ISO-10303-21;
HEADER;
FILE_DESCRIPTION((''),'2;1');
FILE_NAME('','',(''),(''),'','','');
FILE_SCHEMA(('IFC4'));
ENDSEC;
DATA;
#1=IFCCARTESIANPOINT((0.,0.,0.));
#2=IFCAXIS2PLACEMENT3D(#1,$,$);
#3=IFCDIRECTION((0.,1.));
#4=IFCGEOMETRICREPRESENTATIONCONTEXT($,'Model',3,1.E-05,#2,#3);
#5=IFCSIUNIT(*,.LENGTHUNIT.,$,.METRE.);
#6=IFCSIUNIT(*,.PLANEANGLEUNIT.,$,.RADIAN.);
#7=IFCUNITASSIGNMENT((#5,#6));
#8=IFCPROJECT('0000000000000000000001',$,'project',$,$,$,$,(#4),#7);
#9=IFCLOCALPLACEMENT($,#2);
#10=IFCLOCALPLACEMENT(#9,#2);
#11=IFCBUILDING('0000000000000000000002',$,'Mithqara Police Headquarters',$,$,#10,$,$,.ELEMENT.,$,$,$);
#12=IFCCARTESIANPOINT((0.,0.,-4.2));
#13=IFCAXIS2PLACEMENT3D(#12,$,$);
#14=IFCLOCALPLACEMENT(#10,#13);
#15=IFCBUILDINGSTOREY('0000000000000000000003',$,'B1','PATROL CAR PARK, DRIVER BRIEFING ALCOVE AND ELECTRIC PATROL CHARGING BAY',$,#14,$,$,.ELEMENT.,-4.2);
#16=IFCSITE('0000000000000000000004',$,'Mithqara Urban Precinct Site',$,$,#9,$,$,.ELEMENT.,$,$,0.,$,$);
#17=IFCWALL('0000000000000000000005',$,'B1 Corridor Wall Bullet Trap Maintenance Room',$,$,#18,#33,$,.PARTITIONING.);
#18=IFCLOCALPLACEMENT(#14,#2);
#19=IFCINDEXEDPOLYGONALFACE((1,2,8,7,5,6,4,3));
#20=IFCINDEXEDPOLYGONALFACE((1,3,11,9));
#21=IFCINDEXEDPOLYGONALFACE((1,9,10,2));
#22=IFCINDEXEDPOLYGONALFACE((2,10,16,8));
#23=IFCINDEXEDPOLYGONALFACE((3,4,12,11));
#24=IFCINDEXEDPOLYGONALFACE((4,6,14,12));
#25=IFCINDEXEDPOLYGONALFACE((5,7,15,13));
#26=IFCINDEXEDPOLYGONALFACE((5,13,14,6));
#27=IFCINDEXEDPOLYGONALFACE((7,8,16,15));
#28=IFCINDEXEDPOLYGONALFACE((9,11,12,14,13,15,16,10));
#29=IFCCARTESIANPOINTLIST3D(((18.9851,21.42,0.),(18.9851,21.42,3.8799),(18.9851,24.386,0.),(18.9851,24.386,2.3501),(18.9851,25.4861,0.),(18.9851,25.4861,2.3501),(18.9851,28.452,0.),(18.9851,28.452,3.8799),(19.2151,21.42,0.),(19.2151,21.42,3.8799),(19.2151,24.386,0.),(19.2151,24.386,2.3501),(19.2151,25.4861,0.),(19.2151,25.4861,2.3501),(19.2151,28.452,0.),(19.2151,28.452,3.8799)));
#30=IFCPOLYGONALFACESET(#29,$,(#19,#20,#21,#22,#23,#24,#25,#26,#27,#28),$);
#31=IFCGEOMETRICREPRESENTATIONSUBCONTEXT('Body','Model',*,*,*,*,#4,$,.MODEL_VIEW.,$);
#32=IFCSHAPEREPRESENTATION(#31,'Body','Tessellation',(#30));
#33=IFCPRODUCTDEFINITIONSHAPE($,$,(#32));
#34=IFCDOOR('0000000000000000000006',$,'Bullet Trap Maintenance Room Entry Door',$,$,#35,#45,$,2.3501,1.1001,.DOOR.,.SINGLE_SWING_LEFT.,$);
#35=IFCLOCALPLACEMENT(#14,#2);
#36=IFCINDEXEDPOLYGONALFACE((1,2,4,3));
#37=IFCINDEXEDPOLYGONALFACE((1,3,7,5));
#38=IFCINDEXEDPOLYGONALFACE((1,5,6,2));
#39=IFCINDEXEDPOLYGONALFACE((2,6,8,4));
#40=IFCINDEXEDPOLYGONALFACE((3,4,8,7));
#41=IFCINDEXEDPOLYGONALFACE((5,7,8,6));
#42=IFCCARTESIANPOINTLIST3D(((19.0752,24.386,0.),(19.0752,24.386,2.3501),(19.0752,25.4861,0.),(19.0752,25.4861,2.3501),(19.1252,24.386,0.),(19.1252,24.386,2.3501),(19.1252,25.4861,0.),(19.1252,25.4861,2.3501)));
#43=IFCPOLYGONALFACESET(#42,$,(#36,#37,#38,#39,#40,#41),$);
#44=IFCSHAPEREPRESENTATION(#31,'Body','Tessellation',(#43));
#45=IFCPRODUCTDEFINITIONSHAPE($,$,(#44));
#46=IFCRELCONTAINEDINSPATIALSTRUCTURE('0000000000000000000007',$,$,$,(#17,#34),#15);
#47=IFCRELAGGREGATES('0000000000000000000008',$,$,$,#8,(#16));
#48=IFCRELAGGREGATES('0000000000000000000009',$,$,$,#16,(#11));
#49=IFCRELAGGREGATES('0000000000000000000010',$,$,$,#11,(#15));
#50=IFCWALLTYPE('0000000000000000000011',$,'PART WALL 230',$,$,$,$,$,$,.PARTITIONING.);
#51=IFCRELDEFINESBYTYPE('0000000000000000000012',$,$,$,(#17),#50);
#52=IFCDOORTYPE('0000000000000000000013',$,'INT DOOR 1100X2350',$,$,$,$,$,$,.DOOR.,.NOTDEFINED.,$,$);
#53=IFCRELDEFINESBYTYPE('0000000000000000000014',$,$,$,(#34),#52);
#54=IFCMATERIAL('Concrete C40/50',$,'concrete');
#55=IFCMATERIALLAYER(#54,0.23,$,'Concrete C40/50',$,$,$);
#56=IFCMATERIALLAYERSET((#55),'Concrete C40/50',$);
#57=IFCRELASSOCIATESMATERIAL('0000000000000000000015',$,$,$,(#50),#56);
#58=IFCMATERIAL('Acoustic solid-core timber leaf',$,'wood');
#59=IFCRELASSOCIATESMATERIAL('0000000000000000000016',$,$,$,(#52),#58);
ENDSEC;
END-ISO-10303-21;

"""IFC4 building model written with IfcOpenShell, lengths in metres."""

from ifc_helpers import new_model, si_unit, direction, frame, frame_2d, origin, place, context, subcontext, project, spatial, rectangle, extrude, material, layer, layer_set, type_object, element, fill, save


model = new_model("IFC4")

# Units and contexts
model_context = context("Model", 3, precision=1e-05, world=origin(), true_north=direction((0.0, 1.0)))
body_context = subcontext(model_context, "Body", "Model", "MODEL_VIEW")
ifc_project = project(units=[si_unit("LENGTHUNIT", "METRE"), si_unit("PLANEANGLEUNIT", "RADIAN")], contexts=[model_context])

# Site, building, storey
site_placement = place(None, origin())
site = spatial("IfcSite", under=ifc_project, at=site_placement, Name="Mithqara Urban Precinct Site", CompositionType="ELEMENT", RefElevation=0.0)
building_placement = place(site_placement, origin())
building = spatial("IfcBuilding", under=site, at=building_placement, Name="Mithqara Police Headquarters", CompositionType="ELEMENT")
storey_placement = place(building_placement, frame((0.0, 0.0, -4.2)))
storey = spatial("IfcBuildingStorey", under=building, at=storey_placement, Name="B1", Description="PATROL CAR PARK, DRIVER BRIEFING ALCOVE AND ELECTRIC PATROL CHARGING BAY", CompositionType="ELEMENT", Elevation=-4.2)

# Shared definitions
ifc_material_1 = material(Name="Concrete C40/50", Category="concrete")

# Wall, opening, door
ifc_layer_1 = layer(ifc_material_1, 0.23, Name="Concrete C40/50")
ifc_layer_set_1 = layer_set([ifc_layer_1], Name="Concrete C40/50")
wall_type_1 = type_object("IfcWallType", Name="PART WALL 230", PredefinedType="PARTITIONING", material=ifc_layer_set_1)
wall_1_placement = place(storey_placement, frame((19.1001, 21.4199, 0.0), z_axis=(0.0, 0.0, 1.0), x_axis=(0.0, 1.0, 0.0)))
wall_1 = element("IfcWall", 1, at=wall_1_placement, inside=storey, type_object=wall_type_1, Name="B1 Corridor Wall Bullet Trap Maintenance Room", PredefinedType="PARTITIONING", context=body_context, shape_type="SweptSolid", body=[
    extrude(rectangle(XDim=7.032, YDim=0.23, at=frame_2d((3.5161, 0.0))), origin(), (0.0, 0.0, 1.0), 3.8799),
])
opening_placement = place(wall_1_placement, frame((2.9661, 0.0, 0.0)))
opening = element("IfcOpeningElement", 2, at=opening_placement, cuts=wall_1, PredefinedType="OPENING", context=body_context, shape_type="SweptSolid", body=[
    extrude(rectangle(XDim=1.1001, YDim=2.3501, at=frame_2d((0.55, 1.175))), frame((0.0, 0.125, 0.0), z_axis=(0.0, -1.0, 0.0), x_axis=(1.0, 0.0, 0.0)), (0.0, 0.0, 1.0), 0.25),
])
ifc_material_2 = material(Name="Acoustic solid-core timber leaf", Category="wood")
door_type = type_object("IfcDoorType", Name="INT DOOR 1100X2350", OperationType="NOTDEFINED", PredefinedType="DOOR", material=ifc_material_2)
door_placement = place(opening_placement, origin())
door = element("IfcDoor", 3, at=door_placement, inside=storey, type_object=door_type, Name="Bullet Trap Maintenance Room Entry Door", OperationType="SINGLE_SWING_LEFT", OverallHeight=2.3501, OverallWidth=1.1001, PredefinedType="DOOR", context=body_context, shape_type="SweptSolid", body=[
    extrude(rectangle(XDim=1.1001, YDim=2.3501, at=frame_2d((0.55, 1.175))), frame((0.0, 0.0249, 0.0), z_axis=(0.0, -1.0, 0.0), x_axis=(1.0, 0.0, 0.0)), (0.0, 0.0, 1.0), 0.05),
])
fill(opening, door)

save(model, "model.ifc")
